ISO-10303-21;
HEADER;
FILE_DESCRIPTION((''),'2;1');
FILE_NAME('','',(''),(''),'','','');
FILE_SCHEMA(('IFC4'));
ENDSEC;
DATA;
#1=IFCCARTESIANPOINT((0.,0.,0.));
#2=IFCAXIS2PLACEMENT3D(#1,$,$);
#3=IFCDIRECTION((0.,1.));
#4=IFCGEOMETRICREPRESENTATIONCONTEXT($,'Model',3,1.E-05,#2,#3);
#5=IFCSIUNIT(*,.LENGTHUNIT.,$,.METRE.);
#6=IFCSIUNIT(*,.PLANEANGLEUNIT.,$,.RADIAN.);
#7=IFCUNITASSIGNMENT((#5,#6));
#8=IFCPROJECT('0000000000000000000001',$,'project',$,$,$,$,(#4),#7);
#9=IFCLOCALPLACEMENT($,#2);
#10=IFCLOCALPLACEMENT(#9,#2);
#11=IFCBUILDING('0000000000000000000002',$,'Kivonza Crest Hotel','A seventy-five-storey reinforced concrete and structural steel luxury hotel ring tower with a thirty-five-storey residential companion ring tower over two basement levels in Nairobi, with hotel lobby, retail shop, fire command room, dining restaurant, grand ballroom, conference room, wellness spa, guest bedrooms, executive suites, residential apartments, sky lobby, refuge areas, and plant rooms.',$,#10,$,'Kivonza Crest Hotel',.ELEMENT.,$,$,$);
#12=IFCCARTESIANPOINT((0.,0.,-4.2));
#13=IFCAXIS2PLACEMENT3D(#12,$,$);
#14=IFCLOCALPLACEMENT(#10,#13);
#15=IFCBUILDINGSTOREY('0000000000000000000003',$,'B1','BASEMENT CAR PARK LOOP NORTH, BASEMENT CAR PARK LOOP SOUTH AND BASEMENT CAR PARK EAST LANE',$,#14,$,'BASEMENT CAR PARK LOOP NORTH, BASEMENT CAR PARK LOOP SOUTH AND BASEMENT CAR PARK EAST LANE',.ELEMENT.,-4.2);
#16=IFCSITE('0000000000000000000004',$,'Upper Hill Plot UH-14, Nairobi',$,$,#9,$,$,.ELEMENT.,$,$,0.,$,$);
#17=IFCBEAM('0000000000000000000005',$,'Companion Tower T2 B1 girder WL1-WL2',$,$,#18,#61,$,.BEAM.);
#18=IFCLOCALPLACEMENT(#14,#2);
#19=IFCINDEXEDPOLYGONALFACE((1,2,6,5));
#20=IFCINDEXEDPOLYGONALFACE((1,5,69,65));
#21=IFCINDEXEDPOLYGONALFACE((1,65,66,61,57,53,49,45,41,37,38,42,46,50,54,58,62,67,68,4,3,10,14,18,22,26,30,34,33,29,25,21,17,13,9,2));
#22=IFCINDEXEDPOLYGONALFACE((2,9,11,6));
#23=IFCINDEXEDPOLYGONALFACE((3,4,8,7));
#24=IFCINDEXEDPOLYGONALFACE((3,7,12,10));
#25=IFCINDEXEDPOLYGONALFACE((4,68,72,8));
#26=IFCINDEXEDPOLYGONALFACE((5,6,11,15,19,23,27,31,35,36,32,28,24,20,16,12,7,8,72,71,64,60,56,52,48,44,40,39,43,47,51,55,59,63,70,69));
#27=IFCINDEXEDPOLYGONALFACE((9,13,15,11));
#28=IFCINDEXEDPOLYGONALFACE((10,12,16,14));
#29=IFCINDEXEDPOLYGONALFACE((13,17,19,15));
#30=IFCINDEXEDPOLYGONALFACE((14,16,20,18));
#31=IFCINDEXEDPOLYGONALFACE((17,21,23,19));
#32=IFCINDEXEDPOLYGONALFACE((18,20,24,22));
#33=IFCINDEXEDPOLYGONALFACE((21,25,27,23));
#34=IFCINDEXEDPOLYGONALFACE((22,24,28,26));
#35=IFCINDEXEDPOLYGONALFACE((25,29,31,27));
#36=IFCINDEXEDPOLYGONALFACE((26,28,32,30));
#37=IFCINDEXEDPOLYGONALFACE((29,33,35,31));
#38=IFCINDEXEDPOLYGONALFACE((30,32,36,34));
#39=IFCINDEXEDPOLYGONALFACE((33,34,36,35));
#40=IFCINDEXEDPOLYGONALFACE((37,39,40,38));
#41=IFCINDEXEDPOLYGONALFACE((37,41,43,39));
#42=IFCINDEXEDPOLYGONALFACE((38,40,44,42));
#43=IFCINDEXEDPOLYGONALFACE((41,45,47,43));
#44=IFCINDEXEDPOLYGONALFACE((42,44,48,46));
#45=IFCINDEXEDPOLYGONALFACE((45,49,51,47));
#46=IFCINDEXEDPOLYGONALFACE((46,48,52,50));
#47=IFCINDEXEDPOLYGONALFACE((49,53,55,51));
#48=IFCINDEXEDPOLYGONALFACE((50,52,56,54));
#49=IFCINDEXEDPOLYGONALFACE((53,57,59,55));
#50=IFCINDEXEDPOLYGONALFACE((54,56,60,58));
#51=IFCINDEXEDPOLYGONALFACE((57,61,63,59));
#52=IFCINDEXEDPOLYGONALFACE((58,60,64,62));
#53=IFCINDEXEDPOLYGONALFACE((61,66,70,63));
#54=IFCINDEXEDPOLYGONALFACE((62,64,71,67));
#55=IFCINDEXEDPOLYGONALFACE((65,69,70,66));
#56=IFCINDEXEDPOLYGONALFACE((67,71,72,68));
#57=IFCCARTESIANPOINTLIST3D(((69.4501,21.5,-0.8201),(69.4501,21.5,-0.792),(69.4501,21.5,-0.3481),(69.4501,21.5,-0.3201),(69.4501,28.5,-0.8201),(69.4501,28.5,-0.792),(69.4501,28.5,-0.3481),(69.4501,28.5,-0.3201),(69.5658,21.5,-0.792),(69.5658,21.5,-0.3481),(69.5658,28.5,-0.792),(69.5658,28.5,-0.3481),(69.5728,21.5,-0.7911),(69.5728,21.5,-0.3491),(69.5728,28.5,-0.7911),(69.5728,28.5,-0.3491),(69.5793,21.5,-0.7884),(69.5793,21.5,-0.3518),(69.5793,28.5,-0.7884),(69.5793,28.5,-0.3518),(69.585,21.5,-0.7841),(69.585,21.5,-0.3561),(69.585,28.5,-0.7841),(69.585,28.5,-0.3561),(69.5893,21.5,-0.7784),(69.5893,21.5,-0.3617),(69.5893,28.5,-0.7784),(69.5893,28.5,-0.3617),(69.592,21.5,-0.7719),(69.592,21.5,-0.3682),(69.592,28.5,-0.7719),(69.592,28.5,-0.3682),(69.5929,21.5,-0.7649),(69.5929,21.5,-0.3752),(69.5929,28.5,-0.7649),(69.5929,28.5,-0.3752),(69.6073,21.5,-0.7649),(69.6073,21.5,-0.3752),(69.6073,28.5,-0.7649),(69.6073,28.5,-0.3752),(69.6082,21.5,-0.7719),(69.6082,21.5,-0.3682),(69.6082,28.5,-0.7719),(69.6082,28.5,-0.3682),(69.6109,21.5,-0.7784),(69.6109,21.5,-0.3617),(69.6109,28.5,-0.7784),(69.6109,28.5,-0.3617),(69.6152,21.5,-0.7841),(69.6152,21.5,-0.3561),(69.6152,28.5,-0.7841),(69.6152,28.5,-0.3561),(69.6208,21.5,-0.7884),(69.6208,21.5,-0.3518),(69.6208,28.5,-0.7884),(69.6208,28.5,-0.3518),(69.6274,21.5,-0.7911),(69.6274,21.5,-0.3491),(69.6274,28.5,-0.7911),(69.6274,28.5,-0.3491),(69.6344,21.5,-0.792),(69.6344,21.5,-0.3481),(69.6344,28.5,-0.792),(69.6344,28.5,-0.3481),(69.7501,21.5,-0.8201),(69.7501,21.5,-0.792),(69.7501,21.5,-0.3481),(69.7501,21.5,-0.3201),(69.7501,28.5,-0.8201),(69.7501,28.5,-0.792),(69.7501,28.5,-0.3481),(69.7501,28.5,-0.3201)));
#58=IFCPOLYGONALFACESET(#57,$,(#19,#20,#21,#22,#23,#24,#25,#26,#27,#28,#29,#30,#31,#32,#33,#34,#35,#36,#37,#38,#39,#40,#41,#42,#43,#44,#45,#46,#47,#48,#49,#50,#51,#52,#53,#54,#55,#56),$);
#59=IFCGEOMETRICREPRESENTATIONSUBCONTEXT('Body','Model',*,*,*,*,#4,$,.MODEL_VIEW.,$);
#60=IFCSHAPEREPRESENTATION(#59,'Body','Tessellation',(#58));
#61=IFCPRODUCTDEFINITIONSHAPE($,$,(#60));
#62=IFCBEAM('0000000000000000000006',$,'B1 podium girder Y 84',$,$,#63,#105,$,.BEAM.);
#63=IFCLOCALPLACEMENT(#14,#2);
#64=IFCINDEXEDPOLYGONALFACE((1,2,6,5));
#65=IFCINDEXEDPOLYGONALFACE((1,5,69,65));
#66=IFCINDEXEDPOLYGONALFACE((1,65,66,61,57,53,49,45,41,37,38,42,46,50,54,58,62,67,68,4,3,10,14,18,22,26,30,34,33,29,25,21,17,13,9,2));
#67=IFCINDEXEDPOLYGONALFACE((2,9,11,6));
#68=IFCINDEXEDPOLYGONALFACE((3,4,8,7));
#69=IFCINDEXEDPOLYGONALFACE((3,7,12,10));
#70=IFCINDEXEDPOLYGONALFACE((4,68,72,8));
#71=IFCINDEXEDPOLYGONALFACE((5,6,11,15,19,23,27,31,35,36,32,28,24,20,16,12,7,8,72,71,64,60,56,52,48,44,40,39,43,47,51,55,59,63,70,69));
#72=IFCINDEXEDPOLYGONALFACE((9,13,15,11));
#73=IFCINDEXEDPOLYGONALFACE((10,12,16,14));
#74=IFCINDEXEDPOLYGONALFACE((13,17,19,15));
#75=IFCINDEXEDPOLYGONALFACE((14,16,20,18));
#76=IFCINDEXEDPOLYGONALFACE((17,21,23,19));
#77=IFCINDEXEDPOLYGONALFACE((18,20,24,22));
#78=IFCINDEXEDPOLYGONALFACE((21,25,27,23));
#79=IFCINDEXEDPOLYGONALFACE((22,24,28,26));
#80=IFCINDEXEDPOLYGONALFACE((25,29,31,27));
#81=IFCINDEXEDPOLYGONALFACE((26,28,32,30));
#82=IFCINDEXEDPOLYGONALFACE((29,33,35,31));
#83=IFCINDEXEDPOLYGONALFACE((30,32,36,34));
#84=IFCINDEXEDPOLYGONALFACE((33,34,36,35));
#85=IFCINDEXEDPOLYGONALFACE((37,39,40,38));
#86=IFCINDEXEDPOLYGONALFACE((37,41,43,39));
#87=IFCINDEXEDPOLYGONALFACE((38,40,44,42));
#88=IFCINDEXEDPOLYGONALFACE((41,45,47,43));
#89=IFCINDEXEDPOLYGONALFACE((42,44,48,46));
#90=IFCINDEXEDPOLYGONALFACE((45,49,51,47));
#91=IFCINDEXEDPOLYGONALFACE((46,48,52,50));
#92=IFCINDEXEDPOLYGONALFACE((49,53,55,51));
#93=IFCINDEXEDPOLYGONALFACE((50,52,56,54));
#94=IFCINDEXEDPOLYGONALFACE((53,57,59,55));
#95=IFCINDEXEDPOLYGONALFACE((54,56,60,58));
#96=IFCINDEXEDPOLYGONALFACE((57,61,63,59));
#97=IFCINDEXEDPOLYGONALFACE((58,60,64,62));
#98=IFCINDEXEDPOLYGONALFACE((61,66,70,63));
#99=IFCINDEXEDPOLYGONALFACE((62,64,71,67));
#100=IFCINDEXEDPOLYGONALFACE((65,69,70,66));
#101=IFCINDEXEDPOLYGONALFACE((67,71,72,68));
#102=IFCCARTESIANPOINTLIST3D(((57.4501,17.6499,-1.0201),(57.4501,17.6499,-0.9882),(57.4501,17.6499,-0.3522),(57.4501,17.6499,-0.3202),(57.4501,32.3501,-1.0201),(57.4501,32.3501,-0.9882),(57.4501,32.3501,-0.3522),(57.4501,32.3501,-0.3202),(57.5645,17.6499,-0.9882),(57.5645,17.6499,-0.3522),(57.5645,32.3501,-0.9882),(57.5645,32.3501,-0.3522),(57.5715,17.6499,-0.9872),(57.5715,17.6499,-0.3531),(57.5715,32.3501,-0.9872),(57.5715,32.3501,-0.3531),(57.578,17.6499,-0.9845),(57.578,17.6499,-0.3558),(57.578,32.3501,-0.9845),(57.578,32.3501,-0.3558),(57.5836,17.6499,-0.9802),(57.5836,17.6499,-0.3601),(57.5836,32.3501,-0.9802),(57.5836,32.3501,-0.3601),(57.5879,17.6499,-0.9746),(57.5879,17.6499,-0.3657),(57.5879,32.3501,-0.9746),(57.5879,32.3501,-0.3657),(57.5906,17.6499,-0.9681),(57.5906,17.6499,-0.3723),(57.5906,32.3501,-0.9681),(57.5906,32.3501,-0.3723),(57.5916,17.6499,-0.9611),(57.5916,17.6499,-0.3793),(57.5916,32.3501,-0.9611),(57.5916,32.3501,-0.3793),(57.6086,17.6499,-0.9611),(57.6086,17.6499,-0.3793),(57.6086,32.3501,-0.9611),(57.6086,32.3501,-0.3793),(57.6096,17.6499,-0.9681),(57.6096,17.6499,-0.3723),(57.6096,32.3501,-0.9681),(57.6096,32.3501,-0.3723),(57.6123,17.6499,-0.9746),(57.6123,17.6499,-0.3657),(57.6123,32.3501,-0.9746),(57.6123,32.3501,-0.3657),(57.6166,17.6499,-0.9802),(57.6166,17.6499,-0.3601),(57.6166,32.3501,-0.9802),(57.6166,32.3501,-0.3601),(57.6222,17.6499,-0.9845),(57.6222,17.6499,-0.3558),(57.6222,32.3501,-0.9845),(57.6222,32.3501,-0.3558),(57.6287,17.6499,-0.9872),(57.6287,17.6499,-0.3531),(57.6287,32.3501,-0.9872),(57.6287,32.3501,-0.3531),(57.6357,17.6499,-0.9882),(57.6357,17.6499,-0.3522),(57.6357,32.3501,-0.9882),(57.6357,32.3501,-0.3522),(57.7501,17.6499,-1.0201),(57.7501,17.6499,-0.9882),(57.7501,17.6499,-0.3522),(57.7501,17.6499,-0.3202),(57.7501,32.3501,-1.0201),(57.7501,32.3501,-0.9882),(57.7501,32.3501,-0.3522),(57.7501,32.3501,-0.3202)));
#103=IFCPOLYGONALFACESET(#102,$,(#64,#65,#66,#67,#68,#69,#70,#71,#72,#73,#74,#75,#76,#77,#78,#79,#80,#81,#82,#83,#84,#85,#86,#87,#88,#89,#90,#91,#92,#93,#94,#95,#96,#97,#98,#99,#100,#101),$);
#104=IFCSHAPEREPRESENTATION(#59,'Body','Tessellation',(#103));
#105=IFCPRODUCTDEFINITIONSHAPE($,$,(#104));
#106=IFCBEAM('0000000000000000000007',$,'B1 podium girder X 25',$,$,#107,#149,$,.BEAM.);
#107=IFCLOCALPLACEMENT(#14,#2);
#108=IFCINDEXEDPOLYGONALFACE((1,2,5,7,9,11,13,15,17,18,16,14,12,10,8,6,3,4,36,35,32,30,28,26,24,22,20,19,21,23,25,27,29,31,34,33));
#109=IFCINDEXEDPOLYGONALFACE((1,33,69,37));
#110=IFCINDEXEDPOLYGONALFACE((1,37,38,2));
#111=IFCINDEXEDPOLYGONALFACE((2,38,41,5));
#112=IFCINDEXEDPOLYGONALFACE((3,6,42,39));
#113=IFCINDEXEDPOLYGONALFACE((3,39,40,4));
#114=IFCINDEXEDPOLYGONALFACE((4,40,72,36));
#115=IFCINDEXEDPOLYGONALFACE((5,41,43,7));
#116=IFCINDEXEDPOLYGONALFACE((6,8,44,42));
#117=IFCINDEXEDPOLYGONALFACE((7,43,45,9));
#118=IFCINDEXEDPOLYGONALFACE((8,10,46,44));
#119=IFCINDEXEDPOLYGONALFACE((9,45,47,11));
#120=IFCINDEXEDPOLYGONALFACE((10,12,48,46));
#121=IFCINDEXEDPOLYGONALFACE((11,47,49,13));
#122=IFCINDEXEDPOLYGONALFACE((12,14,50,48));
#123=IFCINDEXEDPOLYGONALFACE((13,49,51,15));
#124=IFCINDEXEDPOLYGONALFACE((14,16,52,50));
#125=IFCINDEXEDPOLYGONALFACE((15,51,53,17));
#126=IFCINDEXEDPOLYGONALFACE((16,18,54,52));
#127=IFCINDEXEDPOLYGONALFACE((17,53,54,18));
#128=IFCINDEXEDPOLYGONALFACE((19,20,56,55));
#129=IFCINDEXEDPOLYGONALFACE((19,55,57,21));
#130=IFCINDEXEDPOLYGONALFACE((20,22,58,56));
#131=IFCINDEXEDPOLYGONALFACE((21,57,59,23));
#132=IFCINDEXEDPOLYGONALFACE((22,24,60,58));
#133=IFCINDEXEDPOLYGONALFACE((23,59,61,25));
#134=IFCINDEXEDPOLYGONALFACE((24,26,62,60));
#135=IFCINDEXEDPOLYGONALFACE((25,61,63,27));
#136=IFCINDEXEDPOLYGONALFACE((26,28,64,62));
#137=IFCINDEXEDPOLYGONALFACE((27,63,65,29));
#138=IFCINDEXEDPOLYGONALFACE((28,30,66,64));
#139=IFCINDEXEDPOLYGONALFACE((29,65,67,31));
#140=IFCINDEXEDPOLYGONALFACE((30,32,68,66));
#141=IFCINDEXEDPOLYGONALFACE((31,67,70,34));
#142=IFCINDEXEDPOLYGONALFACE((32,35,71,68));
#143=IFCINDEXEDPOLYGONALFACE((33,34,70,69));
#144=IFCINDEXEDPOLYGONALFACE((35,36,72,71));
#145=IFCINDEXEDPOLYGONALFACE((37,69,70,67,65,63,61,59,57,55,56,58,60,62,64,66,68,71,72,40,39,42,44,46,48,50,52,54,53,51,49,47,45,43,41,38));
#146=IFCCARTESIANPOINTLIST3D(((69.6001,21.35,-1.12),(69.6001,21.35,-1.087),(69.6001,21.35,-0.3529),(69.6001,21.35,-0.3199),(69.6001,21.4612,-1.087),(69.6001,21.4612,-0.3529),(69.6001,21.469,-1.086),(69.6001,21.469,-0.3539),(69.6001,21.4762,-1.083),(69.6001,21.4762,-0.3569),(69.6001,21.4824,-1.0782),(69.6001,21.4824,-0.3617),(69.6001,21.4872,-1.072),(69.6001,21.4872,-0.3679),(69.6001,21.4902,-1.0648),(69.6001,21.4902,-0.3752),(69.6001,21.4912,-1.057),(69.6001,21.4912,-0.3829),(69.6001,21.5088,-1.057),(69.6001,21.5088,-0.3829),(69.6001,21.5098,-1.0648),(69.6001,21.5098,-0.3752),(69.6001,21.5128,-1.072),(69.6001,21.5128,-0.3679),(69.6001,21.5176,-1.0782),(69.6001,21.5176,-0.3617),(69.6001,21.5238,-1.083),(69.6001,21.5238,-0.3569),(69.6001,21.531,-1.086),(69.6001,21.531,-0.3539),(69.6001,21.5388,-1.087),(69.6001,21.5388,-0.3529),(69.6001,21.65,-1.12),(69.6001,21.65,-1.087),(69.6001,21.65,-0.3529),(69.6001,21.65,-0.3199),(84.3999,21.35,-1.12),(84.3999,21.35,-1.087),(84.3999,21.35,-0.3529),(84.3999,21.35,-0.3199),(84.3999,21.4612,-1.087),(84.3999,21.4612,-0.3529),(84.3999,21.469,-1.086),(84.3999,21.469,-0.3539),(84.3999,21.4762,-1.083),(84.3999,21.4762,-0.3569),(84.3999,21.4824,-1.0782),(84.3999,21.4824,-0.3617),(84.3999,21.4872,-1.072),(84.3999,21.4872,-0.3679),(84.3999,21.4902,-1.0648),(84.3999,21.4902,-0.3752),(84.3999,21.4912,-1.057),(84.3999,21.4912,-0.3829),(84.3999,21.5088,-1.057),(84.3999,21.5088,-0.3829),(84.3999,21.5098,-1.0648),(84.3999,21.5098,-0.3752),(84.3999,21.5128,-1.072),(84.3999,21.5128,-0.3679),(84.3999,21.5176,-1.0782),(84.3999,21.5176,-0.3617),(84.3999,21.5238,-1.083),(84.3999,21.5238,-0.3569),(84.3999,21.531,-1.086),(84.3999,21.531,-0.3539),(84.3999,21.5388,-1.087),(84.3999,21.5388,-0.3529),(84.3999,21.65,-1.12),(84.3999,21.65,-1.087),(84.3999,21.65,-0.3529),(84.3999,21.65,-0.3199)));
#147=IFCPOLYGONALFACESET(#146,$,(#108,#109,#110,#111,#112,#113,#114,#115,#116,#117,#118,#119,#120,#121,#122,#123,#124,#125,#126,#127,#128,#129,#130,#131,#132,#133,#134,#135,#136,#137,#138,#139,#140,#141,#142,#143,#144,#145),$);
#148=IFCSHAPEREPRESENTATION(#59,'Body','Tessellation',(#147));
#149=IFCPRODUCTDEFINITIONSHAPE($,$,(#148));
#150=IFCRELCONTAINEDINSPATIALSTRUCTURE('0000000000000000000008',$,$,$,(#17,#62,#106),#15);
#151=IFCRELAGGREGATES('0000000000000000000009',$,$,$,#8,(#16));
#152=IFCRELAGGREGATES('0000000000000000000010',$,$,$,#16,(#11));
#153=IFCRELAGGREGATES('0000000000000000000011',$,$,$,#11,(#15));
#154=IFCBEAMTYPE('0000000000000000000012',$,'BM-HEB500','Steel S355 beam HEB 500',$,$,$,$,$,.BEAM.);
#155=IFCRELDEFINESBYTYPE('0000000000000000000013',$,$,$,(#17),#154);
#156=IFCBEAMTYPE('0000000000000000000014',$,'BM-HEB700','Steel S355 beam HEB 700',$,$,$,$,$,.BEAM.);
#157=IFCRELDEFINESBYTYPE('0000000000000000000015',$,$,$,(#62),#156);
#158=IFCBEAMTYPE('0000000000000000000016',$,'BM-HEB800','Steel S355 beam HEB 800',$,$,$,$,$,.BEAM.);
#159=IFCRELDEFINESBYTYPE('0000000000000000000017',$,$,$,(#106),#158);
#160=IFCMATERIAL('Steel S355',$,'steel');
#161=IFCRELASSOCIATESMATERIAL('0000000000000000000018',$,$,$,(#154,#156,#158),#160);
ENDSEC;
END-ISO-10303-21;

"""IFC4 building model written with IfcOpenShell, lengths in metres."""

from ifc_helpers import new_model, si_unit, direction, frame, origin, origin_2d, place, context, subcontext, project, spatial, i_section, extrude, material, material_profile, profile_set, type_object, element, save


model = new_model("IFC4")

# Units and contexts
model_context = context("Model", 3, precision=1e-05, world=origin(), true_north=direction((0.0, 1.0)))
body_context = subcontext(model_context, "Body", "Model", "MODEL_VIEW")
ifc_project = project(units=[si_unit("LENGTHUNIT", "METRE"), si_unit("PLANEANGLEUNIT", "RADIAN")], contexts=[model_context])

# Site, building, storey
site_placement = place(None, origin())
site = spatial("IfcSite", under=ifc_project, at=site_placement, Name="Upper Hill Plot UH-14, Nairobi", CompositionType="ELEMENT", RefElevation=0.0)
building_placement = place(site_placement, origin())
building = spatial("IfcBuilding", under=site, at=building_placement, Name="Kivonza Crest Hotel", Description="A seventy-five-storey reinforced concrete and structural steel luxury hotel ring tower with a thirty-five-storey residential companion ring tower over two basement levels in Nairobi, with hotel lobby, retail shop, fire command room, dining restaurant, grand ballroom, conference room, wellness spa, guest bedrooms, executive suites, residential apartments, sky lobby, refuge areas, and plant rooms.", LongName="Kivonza Crest Hotel", CompositionType="ELEMENT")
storey_placement = place(building_placement, frame((0.0, 0.0, -4.2)))
storey = spatial("IfcBuildingStorey", under=building, at=storey_placement, Name="B1", Description="BASEMENT CAR PARK LOOP NORTH, BASEMENT CAR PARK LOOP SOUTH AND BASEMENT CAR PARK EAST LANE", LongName="BASEMENT CAR PARK LOOP NORTH, BASEMENT CAR PARK LOOP SOUTH AND BASEMENT CAR PARK EAST LANE", CompositionType="ELEMENT", Elevation=-4.2)

# Beams
ifc_material_1 = material(Name="Steel S355", Category="steel")
ifc_material_profile_1 = material_profile(ifc_material_1, i_section(OverallWidth=0.3, OverallDepth=0.5, WebThickness=0.0144, FlangeThickness=0.0281, FilletRadius=0.0271, at=origin_2d()), Name="HEB 500")
ifc_profile_set_1 = profile_set([ifc_material_profile_1], Name="Steel S355")
beam_type_1 = type_object("IfcBeamType", Name="BM-HEB500", Description="Steel S355 beam HEB 500", PredefinedType="BEAM", material=ifc_profile_set_1)
beam_1_placement = place(storey_placement, frame((69.6001, 21.5, -0.5701), z_axis=(0.0, 1.0, 0.0), x_axis=(-1.0, 0.0, 0.0)))
element("IfcBeam", 1, at=beam_1_placement, inside=storey, type_object=beam_type_1, Name="Companion Tower T2 B1 girder WL1-WL2", PredefinedType="BEAM", context=body_context, shape_type="SweptSolid", body=[
    extrude(i_section(OverallWidth=0.3, OverallDepth=0.5, WebThickness=0.0144, FlangeThickness=0.0281, FilletRadius=0.0271, at=origin_2d()), origin(), (0.0, 0.0, 1.0), 7.0),
])
ifc_material_profile_2 = material_profile(ifc_material_1, i_section(OverallWidth=0.3, OverallDepth=0.7, WebThickness=0.0171, FlangeThickness=0.032, FilletRadius=0.0271, at=origin_2d()), Name="HEB 700")
ifc_profile_set_2 = profile_set([ifc_material_profile_2], Name="Steel S355")
beam_type_2 = type_object("IfcBeamType", Name="BM-HEB700", Description="Steel S355 beam HEB 700", PredefinedType="BEAM", material=ifc_profile_set_2)
beam_2_placement = place(storey_placement, frame((57.6001, 17.6499, -0.6702), z_axis=(0.0, 1.0, 0.0), x_axis=(-1.0, 0.0, 0.0)))
element("IfcBeam", 2, at=beam_2_placement, inside=storey, type_object=beam_type_2, Name="B1 podium girder Y 84", PredefinedType="BEAM", context=body_context, shape_type="SweptSolid", body=[
    extrude(i_section(OverallWidth=0.3, OverallDepth=0.7, WebThickness=0.0171, FlangeThickness=0.032, FilletRadius=0.0271, at=origin_2d()), origin(), (0.0, 0.0, 1.0), 14.7002),
])
ifc_material_profile_3 = material_profile(ifc_material_1, i_section(OverallWidth=0.3, OverallDepth=0.8, WebThickness=0.0176, FlangeThickness=0.033, FilletRadius=0.03, at=origin_2d()), Name="HEB 800")
ifc_profile_set_3 = profile_set([ifc_material_profile_3], Name="Steel S355")
beam_type_3 = type_object("IfcBeamType", Name="BM-HEB800", Description="Steel S355 beam HEB 800", PredefinedType="BEAM", material=ifc_profile_set_3)
beam_3_placement = place(storey_placement, frame((69.6001, 21.5, -0.72), z_axis=(1.0, 0.0, 0.0), x_axis=(0.0, 1.0, 0.0)))
element("IfcBeam", 3, at=beam_3_placement, inside=storey, type_object=beam_type_3, Name="B1 podium girder X 25", PredefinedType="BEAM", context=body_context, shape_type="SweptSolid", body=[
    extrude(i_section(OverallWidth=0.3, OverallDepth=0.8, WebThickness=0.0176, FlangeThickness=0.033, FilletRadius=0.03, at=origin_2d()), origin(), (0.0, 0.0, 1.0), 14.7998),
])

save(model, "model.ifc")
